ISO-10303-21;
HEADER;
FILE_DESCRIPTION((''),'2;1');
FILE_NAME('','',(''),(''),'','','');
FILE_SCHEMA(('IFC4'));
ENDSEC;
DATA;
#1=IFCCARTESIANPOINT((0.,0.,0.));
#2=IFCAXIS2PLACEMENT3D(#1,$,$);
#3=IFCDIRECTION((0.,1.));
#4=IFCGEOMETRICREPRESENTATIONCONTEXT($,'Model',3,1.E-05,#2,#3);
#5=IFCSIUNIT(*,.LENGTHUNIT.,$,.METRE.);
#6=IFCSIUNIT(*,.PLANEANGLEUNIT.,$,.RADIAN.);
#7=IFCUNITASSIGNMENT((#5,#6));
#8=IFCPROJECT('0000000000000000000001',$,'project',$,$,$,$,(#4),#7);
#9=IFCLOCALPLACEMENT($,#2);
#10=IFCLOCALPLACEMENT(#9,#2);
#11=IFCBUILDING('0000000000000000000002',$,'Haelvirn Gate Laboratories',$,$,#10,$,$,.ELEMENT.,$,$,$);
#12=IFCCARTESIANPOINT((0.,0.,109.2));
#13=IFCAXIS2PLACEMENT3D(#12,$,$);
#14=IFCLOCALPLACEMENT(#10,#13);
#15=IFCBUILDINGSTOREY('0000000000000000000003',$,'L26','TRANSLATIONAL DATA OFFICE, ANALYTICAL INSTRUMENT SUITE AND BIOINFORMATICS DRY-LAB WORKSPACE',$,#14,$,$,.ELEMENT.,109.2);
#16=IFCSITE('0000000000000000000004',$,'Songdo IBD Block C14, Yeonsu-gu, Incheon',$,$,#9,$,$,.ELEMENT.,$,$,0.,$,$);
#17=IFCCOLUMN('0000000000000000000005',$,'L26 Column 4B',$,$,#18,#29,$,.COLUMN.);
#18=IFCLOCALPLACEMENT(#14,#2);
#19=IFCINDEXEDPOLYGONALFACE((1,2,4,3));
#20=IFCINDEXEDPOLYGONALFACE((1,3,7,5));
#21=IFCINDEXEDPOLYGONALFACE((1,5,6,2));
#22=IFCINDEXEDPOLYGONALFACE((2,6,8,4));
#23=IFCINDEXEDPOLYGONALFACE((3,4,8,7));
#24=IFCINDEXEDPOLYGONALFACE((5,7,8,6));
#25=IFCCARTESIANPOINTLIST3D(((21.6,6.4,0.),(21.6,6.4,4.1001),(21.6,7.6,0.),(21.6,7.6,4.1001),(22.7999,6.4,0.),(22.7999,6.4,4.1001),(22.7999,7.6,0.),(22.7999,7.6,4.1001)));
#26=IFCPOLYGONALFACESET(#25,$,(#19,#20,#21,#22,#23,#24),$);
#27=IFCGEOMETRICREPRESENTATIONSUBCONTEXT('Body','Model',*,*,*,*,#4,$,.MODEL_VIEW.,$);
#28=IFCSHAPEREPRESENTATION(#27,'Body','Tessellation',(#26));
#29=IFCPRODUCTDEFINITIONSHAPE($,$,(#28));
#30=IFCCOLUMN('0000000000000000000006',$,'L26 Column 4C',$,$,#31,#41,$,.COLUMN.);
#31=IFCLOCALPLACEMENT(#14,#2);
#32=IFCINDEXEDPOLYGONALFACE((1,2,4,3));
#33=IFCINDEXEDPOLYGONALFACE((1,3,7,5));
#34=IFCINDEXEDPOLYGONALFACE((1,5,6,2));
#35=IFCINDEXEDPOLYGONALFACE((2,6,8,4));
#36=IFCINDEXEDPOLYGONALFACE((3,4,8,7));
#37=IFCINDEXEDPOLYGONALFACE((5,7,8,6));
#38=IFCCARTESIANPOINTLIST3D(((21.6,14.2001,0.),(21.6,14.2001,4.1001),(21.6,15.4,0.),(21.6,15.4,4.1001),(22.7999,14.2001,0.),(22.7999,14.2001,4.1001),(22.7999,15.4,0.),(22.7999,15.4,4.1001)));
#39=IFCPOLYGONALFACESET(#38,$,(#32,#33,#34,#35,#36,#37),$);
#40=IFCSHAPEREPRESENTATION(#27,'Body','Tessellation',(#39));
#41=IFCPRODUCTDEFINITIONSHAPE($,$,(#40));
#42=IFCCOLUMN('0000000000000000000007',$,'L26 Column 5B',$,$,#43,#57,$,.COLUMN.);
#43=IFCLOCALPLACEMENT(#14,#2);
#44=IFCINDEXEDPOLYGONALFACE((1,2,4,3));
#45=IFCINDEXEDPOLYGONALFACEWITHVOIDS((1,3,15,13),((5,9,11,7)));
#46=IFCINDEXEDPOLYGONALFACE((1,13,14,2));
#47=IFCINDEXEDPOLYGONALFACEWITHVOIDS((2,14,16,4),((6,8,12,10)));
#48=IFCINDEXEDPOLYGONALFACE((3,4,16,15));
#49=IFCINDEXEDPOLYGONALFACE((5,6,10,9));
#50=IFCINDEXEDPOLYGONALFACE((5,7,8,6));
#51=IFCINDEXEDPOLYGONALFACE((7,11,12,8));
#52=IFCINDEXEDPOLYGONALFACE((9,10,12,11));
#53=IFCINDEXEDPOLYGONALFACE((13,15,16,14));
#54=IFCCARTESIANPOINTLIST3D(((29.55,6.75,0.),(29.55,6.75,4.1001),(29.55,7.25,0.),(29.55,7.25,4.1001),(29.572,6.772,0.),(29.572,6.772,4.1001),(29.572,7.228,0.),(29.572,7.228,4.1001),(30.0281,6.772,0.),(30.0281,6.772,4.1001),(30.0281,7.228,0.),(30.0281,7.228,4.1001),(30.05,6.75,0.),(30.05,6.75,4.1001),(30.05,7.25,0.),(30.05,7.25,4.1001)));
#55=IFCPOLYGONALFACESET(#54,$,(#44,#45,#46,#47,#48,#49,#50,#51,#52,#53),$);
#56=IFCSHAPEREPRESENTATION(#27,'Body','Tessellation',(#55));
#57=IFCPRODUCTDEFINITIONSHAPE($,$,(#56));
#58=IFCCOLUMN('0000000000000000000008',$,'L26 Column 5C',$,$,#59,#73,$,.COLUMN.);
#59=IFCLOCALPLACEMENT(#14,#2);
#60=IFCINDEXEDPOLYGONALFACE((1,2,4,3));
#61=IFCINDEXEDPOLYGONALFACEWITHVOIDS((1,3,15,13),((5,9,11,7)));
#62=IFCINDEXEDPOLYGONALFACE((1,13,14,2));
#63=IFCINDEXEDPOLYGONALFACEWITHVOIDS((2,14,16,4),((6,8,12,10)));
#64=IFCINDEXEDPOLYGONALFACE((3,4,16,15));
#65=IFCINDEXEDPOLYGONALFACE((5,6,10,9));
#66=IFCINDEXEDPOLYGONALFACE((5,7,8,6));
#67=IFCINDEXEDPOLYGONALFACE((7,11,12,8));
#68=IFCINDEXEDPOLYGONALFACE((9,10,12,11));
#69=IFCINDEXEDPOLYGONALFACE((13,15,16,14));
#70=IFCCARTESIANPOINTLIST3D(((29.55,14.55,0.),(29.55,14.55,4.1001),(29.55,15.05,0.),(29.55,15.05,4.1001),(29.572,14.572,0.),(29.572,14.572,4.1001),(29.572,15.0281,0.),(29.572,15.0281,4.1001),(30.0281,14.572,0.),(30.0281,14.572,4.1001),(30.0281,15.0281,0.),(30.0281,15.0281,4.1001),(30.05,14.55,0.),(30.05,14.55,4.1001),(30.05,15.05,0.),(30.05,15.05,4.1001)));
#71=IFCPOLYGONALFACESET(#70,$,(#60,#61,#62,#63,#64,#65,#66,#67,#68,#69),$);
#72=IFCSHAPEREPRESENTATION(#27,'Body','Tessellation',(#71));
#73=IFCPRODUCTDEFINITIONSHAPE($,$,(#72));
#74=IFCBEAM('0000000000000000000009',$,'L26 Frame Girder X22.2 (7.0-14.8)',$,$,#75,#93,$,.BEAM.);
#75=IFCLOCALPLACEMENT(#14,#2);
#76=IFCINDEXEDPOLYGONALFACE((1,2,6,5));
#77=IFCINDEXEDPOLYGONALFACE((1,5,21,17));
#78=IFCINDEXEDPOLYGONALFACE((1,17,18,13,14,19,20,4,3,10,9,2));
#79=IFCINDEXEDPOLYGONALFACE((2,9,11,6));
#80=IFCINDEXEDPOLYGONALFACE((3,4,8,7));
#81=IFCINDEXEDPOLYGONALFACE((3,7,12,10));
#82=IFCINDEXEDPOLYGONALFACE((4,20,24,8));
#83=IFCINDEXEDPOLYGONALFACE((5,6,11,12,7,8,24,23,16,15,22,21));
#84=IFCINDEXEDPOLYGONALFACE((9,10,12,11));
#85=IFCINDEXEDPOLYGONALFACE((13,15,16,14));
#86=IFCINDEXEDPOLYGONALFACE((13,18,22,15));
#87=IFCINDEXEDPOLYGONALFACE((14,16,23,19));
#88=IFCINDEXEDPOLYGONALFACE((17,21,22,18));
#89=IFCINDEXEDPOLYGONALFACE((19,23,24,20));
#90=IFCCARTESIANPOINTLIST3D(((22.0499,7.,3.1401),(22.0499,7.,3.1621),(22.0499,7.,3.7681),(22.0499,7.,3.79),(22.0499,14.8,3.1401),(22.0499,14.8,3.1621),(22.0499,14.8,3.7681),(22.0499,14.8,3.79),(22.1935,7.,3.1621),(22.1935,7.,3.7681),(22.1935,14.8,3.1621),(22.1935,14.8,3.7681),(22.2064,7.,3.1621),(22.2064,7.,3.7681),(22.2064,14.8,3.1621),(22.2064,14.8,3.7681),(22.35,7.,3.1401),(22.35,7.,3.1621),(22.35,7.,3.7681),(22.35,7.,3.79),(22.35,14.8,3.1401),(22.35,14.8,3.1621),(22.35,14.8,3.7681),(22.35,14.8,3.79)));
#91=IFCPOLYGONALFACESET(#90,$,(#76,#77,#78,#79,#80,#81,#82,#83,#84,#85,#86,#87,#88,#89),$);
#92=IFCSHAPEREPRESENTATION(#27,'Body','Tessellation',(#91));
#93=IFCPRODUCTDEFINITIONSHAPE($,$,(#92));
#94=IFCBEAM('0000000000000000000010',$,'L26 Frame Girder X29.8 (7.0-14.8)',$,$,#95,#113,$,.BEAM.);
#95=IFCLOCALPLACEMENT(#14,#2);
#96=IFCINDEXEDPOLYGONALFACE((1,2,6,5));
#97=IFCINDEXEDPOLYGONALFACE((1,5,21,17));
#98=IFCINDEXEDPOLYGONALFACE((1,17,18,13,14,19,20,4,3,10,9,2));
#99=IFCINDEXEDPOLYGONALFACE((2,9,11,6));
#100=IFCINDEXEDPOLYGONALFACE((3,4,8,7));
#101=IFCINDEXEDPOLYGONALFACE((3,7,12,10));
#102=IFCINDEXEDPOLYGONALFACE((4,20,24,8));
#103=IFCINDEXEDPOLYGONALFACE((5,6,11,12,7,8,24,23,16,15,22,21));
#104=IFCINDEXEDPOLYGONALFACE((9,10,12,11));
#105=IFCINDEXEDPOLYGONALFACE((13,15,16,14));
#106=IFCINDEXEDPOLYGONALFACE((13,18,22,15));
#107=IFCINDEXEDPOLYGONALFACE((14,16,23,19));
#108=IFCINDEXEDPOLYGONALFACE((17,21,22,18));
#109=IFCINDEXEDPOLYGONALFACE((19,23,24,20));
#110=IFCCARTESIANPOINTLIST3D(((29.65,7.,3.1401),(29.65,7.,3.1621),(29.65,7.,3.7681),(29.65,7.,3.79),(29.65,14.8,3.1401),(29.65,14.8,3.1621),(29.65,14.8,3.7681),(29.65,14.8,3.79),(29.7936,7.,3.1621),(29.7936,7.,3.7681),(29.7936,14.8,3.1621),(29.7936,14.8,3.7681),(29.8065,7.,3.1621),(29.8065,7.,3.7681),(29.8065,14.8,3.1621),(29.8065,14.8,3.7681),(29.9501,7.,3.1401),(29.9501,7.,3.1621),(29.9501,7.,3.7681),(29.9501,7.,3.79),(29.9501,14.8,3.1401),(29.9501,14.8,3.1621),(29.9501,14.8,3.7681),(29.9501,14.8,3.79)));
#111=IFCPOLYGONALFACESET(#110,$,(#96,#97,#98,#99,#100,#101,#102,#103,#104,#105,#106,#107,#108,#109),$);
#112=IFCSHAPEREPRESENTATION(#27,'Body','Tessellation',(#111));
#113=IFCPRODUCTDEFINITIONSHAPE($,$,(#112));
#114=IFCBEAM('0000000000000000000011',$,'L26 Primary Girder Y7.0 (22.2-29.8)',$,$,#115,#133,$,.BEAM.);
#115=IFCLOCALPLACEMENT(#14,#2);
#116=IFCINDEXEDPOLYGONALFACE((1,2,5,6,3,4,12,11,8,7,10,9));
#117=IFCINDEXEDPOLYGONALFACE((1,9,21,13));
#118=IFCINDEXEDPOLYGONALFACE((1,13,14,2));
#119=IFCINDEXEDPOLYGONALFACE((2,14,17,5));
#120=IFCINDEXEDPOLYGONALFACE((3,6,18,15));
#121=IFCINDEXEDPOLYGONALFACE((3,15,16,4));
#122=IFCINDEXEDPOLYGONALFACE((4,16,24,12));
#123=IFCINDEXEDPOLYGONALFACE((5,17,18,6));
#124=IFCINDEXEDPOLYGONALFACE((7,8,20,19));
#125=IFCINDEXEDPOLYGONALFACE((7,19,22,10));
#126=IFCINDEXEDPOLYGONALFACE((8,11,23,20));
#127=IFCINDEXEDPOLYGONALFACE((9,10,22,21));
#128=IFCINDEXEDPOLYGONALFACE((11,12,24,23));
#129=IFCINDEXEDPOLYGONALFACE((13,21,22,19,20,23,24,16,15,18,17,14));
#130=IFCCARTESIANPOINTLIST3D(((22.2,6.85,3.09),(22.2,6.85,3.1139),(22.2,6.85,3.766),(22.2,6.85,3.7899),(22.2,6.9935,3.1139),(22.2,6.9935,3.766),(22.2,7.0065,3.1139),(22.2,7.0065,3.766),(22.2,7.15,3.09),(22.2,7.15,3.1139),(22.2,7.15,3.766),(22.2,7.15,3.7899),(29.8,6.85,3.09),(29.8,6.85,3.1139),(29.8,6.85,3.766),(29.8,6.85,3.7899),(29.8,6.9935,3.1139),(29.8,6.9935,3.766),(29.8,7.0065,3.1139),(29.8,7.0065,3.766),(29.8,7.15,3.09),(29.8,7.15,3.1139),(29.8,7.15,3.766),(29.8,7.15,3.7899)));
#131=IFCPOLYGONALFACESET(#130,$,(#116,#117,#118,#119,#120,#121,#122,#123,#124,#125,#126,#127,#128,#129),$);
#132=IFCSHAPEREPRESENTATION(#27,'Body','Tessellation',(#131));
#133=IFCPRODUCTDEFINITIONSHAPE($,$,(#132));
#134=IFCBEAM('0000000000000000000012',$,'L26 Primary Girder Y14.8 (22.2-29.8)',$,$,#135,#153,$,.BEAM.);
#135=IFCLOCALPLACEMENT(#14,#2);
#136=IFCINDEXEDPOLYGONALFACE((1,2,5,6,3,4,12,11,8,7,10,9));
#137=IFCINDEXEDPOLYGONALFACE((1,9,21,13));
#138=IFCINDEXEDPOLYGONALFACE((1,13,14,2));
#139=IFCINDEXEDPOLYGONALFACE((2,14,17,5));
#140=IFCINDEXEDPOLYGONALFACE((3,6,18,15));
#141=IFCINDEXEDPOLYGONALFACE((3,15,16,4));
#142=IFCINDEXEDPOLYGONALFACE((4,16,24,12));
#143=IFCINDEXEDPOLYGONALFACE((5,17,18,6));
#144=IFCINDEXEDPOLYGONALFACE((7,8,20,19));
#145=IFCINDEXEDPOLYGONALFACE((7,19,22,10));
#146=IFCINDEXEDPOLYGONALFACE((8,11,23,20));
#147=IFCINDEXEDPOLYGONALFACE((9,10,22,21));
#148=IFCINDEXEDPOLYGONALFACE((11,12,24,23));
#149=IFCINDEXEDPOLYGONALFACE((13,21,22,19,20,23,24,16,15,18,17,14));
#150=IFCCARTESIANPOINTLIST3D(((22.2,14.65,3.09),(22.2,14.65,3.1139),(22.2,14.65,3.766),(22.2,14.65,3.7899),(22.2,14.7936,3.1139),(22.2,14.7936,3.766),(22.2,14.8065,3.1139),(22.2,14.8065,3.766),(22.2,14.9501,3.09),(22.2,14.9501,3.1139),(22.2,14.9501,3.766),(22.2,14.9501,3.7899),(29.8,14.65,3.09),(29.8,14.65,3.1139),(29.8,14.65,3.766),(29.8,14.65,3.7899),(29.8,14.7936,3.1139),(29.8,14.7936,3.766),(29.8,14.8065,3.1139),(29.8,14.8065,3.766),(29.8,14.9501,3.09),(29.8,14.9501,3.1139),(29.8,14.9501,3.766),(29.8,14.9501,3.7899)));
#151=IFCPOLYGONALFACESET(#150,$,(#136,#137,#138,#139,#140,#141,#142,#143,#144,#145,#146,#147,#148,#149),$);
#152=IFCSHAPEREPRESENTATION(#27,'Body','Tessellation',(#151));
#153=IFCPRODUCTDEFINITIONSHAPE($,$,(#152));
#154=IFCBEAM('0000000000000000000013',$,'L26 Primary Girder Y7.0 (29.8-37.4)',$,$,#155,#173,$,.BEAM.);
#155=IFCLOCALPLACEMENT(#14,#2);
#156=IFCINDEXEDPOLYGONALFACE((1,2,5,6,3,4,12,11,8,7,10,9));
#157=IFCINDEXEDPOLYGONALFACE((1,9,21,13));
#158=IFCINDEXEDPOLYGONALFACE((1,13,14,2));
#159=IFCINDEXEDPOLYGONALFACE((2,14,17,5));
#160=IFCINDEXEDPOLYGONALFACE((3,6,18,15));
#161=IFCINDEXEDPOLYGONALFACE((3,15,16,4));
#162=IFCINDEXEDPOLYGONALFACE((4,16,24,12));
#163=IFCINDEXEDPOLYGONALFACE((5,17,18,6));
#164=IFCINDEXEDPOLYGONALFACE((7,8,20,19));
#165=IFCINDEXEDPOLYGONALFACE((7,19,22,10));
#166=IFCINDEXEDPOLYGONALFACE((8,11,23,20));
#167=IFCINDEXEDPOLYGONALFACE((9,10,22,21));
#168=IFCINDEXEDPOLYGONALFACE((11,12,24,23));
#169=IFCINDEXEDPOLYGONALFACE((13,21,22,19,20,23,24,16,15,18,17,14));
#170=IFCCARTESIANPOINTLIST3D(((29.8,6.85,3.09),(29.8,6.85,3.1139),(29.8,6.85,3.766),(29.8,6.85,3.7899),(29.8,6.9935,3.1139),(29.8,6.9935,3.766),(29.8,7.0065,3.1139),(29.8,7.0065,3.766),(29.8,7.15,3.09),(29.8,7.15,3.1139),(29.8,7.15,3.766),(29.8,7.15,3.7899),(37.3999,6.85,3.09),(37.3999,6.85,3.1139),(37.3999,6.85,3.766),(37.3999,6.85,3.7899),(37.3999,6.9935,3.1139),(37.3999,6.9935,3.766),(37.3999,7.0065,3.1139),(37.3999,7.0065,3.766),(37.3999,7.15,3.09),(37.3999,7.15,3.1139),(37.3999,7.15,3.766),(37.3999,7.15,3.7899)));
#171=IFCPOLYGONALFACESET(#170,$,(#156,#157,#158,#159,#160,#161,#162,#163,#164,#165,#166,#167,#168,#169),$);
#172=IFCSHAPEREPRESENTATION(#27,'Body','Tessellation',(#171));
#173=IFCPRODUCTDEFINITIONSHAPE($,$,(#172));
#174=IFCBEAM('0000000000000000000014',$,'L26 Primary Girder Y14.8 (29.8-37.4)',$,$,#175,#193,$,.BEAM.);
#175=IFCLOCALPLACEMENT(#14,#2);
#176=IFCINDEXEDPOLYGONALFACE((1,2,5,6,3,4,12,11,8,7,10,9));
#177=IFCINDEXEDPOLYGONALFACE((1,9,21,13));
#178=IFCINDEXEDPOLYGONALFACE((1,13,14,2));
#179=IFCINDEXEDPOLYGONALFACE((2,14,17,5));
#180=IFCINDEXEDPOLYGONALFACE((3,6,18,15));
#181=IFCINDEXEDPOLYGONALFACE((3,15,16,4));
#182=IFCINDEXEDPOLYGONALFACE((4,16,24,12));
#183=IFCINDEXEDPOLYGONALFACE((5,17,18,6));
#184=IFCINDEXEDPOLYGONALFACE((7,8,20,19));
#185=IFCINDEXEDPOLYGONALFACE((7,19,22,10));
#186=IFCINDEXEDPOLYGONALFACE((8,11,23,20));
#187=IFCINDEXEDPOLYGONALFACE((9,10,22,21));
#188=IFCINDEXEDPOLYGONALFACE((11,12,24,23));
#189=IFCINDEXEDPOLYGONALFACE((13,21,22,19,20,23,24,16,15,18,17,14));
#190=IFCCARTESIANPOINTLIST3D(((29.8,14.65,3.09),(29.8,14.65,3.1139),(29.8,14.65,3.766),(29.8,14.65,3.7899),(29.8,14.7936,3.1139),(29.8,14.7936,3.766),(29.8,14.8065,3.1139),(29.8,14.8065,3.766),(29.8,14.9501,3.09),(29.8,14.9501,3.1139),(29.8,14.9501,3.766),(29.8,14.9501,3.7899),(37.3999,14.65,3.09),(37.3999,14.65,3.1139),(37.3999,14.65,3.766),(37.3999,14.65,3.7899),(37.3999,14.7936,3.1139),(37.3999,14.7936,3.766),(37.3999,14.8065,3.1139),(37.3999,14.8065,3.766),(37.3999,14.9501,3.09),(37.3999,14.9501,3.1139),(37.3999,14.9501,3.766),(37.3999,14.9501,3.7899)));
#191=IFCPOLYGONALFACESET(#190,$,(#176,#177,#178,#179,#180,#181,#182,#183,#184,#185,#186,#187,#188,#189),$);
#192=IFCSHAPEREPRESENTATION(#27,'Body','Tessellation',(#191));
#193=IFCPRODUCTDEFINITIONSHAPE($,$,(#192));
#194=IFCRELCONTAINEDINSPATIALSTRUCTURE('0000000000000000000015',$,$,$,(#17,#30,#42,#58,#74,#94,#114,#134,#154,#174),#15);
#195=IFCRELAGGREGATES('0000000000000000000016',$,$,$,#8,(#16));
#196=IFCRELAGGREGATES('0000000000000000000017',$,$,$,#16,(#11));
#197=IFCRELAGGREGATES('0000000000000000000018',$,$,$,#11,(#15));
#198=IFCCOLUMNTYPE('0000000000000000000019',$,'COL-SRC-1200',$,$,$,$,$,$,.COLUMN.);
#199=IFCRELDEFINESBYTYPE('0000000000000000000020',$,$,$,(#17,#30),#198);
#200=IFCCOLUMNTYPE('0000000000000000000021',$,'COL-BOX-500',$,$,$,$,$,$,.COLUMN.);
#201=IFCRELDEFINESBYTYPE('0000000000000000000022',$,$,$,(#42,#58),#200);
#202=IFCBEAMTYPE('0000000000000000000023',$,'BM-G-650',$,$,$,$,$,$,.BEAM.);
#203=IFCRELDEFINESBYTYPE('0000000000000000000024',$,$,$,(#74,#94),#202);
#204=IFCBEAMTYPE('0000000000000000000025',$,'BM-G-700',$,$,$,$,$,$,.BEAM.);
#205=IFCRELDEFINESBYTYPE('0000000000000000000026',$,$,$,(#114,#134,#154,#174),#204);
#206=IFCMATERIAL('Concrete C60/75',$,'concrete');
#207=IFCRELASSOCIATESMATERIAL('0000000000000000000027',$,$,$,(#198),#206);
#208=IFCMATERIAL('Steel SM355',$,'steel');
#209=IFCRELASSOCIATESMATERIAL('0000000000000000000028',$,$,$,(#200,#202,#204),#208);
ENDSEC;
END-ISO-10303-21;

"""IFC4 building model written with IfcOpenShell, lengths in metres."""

from ifc_helpers import new_model, si_unit, direction, frame, origin, origin_2d, place, context, subcontext, project, spatial, rectangle, hollow_rectangle, i_section, extrude, source, transform, mapped, material, material_profile, profile_set, type_object, type_shapes, element, save


model = new_model("IFC4")

# Units and contexts
model_context = context("Model", 3, precision=1e-05, world=origin(), true_north=direction((0.0, 1.0)))
body_context = subcontext(model_context, "Body", "Model", "MODEL_VIEW")
ifc_project = project(units=[si_unit("LENGTHUNIT", "METRE"), si_unit("PLANEANGLEUNIT", "RADIAN")], contexts=[model_context])

# Site, building, storey
site_placement = place(None, origin())
site = spatial("IfcSite", under=ifc_project, at=site_placement, Name="Songdo IBD Block C14, Yeonsu-gu, Incheon", CompositionType="ELEMENT", RefElevation=0.0)
building_placement = place(site_placement, origin())
building = spatial("IfcBuilding", under=site, at=building_placement, Name="Haelvirn Gate Laboratories", CompositionType="ELEMENT")
storey_placement = place(building_placement, frame((0.0, 0.0, 109.2)))
storey = spatial("IfcBuildingStorey", under=building, at=storey_placement, Name="L26", Description="TRANSLATIONAL DATA OFFICE, ANALYTICAL INSTRUMENT SUITE AND BIOINFORMATICS DRY-LAB WORKSPACE", CompositionType="ELEMENT", Elevation=109.2)

# Columns
ifc_material_1 = material(Name="Concrete C60/75", Category="concrete")
ifc_material_profile_1 = material_profile(ifc_material_1, rectangle(XDim=1.2, YDim=1.2, at=origin_2d()), Name="SRC-1200x1200")
ifc_profile_set_1 = profile_set([ifc_material_profile_1], Name="Concrete C60/75")
column_type_1 = type_object("IfcColumnType", Name="COL-SRC-1200", PredefinedType="COLUMN", material=ifc_profile_set_1)
shared_shape_1 = source(origin(), body_context, "Body", "SweptSolid", [
    extrude(rectangle(XDim=1.2, YDim=1.2, at=origin_2d()), origin(), (0.0, 0.0, 1.0), 4.1001),
])
type_shapes(column_type_1, [shared_shape_1])
for number, where, z_axis, x_axis, name in (
    (1, (22.2, 7.0, 0.0), (0.0, 0.0, 1.0), (1.0, 0.0, 0.0), "L26 Column 4B"),
    (2, (22.2, 14.8, 0.0), (0.0, 0.0, 1.0), (1.0, 0.0, 0.0), "L26 Column 4C"),
):
    element("IfcColumn", number, at=place(storey_placement, frame(where, z_axis=z_axis, x_axis=x_axis)), inside=storey, type_object=column_type_1, Name=name, PredefinedType="COLUMN", context=body_context, shape_type="MappedRepresentation", body=[
        mapped(shared_shape_1, transform((0.0, 0.0, 0.0), scale=1.0)),
    ])
ifc_material_2 = material(Name="Steel SM355", Category="steel")
ifc_material_profile_2 = material_profile(ifc_material_2, hollow_rectangle(XDim=0.5, YDim=0.5, WallThickness=0.022, at=origin_2d()), Name="BOX-500x500x22")
ifc_profile_set_2 = profile_set([ifc_material_profile_2], Name="Steel SM355")
column_type_2 = type_object("IfcColumnType", Name="COL-BOX-500", PredefinedType="COLUMN", material=ifc_profile_set_2)
shared_shape_2 = source(origin(), body_context, "Body", "SweptSolid", [
    extrude(hollow_rectangle(XDim=0.5, YDim=0.5, WallThickness=0.022, at=origin_2d()), origin(), (0.0, 0.0, 1.0), 4.1001),
])
type_shapes(column_type_2, [shared_shape_2])
for number, where, z_axis, x_axis, name in (
    (3, (29.8, 7.0, 0.0), (0.0, 0.0, 1.0), (1.0, 0.0, 0.0), "L26 Column 5B"),
    (4, (29.8, 14.8, 0.0), (0.0, 0.0, 1.0), (1.0, 0.0, 0.0), "L26 Column 5C"),
):
    element("IfcColumn", number, at=place(storey_placement, frame(where, z_axis=z_axis, x_axis=x_axis)), inside=storey, type_object=column_type_2, Name=name, PredefinedType="COLUMN", context=body_context, shape_type="MappedRepresentation", body=[
        mapped(shared_shape_2, transform((0.0, 0.0, 0.0), scale=1.0)),
    ])

# Beams
ifc_material_profile_3 = material_profile(ifc_material_2, i_section(OverallWidth=0.3, OverallDepth=0.6499, WebThickness=0.0129, FlangeThickness=0.022, at=origin_2d()), Name="H-650x300x13x22")
ifc_profile_set_3 = profile_set([ifc_material_profile_3], Name="Steel SM355")
beam_type_1 = type_object("IfcBeamType", Name="BM-G-650", PredefinedType="BEAM", material=ifc_profile_set_3)
shared_shape_3 = source(origin(), body_context, "Body", "SweptSolid", [
    extrude(i_section(OverallWidth=0.3, OverallDepth=0.6499, WebThickness=0.0129, FlangeThickness=0.022, at=origin_2d()), origin(), (0.0, 0.0, 1.0), 7.8),
])
type_shapes(beam_type_1, [shared_shape_3])
for number, where, z_axis, x_axis, name in (
    (5, (22.2, 7.0, 3.4651), (0.0, 1.0, 0.0), (-1.0, 0.0, 0.0), "L26 Frame Girder X22.2 (7.0-14.8)"),
    (6, (29.8, 7.0, 3.4651), (0.0, 1.0, 0.0), (-1.0, 0.0, 0.0), "L26 Frame Girder X29.8 (7.0-14.8)"),
):
    element("IfcBeam", number, at=place(storey_placement, frame(where, z_axis=z_axis, x_axis=x_axis)), inside=storey, type_object=beam_type_1, Name=name, PredefinedType="BEAM", context=body_context, shape_type="MappedRepresentation", body=[
        mapped(shared_shape_3, transform((0.0, 0.0, 0.0), scale=1.0)),
    ])
ifc_material_profile_4 = material_profile(ifc_material_2, i_section(OverallWidth=0.3, OverallDepth=0.7, WebThickness=0.0129, FlangeThickness=0.0239, at=origin_2d()), Name="H-700x300x13x24")
ifc_profile_set_4 = profile_set([ifc_material_profile_4], Name="Steel SM355")
beam_type_2 = type_object("IfcBeamType", Name="BM-G-700", PredefinedType="BEAM", material=ifc_profile_set_4)
shared_shape_4 = source(origin(), body_context, "Body", "SweptSolid", [
    extrude(i_section(OverallWidth=0.3, OverallDepth=0.7, WebThickness=0.0129, FlangeThickness=0.0239, at=origin_2d()), origin(), (0.0, 0.0, 1.0), 7.6001),
])
for number, where, z_axis, x_axis, name in (
    (7, (22.2, 7.0, 3.4399), (1.0, 0.0, 0.0), (0.0, 1.0, 0.0), "L26 Primary Girder Y7.0 (22.2-29.8)"),
    (8, (22.2, 14.8, 3.4399), (1.0, 0.0, 0.0), (0.0, 1.0, 0.0), "L26 Primary Girder Y14.8 (22.2-29.8)"),
):
    element("IfcBeam", number, at=place(storey_placement, frame(where, z_axis=z_axis, x_axis=x_axis)), inside=storey, type_object=beam_type_2, Name=name, PredefinedType="BEAM", context=body_context, shape_type="MappedRepresentation", body=[
        mapped(shared_shape_4, transform((0.0, 0.0, 0.0), scale=1.0)),
    ])
shared_shape_5 = source(origin(), body_context, "Body", "SweptSolid", [
    extrude(i_section(OverallWidth=0.3, OverallDepth=0.7, WebThickness=0.0129, FlangeThickness=0.0239, at=origin_2d()), origin(), (0.0, 0.0, 1.0), 7.5999),
])
type_shapes(beam_type_2, [shared_shape_4, shared_shape_5])
for number, where, z_axis, x_axis, name in (
    (9, (29.8, 7.0, 3.4399), (1.0, 0.0, 0.0), (0.0, 1.0, 0.0), "L26 Primary Girder Y7.0 (29.8-37.4)"),
    (10, (29.8, 14.8, 3.4399), (1.0, 0.0, 0.0), (0.0, 1.0, 0.0), "L26 Primary Girder Y14.8 (29.8-37.4)"),
):
    element("IfcBeam", number, at=place(storey_placement, frame(where, z_axis=z_axis, x_axis=x_axis)), inside=storey, type_object=beam_type_2, Name=name, PredefinedType="BEAM", context=body_context, shape_type="MappedRepresentation", body=[
        mapped(shared_shape_5, transform((0.0, 0.0, 0.0), scale=1.0)),
    ])

save(model, "model.ifc")
